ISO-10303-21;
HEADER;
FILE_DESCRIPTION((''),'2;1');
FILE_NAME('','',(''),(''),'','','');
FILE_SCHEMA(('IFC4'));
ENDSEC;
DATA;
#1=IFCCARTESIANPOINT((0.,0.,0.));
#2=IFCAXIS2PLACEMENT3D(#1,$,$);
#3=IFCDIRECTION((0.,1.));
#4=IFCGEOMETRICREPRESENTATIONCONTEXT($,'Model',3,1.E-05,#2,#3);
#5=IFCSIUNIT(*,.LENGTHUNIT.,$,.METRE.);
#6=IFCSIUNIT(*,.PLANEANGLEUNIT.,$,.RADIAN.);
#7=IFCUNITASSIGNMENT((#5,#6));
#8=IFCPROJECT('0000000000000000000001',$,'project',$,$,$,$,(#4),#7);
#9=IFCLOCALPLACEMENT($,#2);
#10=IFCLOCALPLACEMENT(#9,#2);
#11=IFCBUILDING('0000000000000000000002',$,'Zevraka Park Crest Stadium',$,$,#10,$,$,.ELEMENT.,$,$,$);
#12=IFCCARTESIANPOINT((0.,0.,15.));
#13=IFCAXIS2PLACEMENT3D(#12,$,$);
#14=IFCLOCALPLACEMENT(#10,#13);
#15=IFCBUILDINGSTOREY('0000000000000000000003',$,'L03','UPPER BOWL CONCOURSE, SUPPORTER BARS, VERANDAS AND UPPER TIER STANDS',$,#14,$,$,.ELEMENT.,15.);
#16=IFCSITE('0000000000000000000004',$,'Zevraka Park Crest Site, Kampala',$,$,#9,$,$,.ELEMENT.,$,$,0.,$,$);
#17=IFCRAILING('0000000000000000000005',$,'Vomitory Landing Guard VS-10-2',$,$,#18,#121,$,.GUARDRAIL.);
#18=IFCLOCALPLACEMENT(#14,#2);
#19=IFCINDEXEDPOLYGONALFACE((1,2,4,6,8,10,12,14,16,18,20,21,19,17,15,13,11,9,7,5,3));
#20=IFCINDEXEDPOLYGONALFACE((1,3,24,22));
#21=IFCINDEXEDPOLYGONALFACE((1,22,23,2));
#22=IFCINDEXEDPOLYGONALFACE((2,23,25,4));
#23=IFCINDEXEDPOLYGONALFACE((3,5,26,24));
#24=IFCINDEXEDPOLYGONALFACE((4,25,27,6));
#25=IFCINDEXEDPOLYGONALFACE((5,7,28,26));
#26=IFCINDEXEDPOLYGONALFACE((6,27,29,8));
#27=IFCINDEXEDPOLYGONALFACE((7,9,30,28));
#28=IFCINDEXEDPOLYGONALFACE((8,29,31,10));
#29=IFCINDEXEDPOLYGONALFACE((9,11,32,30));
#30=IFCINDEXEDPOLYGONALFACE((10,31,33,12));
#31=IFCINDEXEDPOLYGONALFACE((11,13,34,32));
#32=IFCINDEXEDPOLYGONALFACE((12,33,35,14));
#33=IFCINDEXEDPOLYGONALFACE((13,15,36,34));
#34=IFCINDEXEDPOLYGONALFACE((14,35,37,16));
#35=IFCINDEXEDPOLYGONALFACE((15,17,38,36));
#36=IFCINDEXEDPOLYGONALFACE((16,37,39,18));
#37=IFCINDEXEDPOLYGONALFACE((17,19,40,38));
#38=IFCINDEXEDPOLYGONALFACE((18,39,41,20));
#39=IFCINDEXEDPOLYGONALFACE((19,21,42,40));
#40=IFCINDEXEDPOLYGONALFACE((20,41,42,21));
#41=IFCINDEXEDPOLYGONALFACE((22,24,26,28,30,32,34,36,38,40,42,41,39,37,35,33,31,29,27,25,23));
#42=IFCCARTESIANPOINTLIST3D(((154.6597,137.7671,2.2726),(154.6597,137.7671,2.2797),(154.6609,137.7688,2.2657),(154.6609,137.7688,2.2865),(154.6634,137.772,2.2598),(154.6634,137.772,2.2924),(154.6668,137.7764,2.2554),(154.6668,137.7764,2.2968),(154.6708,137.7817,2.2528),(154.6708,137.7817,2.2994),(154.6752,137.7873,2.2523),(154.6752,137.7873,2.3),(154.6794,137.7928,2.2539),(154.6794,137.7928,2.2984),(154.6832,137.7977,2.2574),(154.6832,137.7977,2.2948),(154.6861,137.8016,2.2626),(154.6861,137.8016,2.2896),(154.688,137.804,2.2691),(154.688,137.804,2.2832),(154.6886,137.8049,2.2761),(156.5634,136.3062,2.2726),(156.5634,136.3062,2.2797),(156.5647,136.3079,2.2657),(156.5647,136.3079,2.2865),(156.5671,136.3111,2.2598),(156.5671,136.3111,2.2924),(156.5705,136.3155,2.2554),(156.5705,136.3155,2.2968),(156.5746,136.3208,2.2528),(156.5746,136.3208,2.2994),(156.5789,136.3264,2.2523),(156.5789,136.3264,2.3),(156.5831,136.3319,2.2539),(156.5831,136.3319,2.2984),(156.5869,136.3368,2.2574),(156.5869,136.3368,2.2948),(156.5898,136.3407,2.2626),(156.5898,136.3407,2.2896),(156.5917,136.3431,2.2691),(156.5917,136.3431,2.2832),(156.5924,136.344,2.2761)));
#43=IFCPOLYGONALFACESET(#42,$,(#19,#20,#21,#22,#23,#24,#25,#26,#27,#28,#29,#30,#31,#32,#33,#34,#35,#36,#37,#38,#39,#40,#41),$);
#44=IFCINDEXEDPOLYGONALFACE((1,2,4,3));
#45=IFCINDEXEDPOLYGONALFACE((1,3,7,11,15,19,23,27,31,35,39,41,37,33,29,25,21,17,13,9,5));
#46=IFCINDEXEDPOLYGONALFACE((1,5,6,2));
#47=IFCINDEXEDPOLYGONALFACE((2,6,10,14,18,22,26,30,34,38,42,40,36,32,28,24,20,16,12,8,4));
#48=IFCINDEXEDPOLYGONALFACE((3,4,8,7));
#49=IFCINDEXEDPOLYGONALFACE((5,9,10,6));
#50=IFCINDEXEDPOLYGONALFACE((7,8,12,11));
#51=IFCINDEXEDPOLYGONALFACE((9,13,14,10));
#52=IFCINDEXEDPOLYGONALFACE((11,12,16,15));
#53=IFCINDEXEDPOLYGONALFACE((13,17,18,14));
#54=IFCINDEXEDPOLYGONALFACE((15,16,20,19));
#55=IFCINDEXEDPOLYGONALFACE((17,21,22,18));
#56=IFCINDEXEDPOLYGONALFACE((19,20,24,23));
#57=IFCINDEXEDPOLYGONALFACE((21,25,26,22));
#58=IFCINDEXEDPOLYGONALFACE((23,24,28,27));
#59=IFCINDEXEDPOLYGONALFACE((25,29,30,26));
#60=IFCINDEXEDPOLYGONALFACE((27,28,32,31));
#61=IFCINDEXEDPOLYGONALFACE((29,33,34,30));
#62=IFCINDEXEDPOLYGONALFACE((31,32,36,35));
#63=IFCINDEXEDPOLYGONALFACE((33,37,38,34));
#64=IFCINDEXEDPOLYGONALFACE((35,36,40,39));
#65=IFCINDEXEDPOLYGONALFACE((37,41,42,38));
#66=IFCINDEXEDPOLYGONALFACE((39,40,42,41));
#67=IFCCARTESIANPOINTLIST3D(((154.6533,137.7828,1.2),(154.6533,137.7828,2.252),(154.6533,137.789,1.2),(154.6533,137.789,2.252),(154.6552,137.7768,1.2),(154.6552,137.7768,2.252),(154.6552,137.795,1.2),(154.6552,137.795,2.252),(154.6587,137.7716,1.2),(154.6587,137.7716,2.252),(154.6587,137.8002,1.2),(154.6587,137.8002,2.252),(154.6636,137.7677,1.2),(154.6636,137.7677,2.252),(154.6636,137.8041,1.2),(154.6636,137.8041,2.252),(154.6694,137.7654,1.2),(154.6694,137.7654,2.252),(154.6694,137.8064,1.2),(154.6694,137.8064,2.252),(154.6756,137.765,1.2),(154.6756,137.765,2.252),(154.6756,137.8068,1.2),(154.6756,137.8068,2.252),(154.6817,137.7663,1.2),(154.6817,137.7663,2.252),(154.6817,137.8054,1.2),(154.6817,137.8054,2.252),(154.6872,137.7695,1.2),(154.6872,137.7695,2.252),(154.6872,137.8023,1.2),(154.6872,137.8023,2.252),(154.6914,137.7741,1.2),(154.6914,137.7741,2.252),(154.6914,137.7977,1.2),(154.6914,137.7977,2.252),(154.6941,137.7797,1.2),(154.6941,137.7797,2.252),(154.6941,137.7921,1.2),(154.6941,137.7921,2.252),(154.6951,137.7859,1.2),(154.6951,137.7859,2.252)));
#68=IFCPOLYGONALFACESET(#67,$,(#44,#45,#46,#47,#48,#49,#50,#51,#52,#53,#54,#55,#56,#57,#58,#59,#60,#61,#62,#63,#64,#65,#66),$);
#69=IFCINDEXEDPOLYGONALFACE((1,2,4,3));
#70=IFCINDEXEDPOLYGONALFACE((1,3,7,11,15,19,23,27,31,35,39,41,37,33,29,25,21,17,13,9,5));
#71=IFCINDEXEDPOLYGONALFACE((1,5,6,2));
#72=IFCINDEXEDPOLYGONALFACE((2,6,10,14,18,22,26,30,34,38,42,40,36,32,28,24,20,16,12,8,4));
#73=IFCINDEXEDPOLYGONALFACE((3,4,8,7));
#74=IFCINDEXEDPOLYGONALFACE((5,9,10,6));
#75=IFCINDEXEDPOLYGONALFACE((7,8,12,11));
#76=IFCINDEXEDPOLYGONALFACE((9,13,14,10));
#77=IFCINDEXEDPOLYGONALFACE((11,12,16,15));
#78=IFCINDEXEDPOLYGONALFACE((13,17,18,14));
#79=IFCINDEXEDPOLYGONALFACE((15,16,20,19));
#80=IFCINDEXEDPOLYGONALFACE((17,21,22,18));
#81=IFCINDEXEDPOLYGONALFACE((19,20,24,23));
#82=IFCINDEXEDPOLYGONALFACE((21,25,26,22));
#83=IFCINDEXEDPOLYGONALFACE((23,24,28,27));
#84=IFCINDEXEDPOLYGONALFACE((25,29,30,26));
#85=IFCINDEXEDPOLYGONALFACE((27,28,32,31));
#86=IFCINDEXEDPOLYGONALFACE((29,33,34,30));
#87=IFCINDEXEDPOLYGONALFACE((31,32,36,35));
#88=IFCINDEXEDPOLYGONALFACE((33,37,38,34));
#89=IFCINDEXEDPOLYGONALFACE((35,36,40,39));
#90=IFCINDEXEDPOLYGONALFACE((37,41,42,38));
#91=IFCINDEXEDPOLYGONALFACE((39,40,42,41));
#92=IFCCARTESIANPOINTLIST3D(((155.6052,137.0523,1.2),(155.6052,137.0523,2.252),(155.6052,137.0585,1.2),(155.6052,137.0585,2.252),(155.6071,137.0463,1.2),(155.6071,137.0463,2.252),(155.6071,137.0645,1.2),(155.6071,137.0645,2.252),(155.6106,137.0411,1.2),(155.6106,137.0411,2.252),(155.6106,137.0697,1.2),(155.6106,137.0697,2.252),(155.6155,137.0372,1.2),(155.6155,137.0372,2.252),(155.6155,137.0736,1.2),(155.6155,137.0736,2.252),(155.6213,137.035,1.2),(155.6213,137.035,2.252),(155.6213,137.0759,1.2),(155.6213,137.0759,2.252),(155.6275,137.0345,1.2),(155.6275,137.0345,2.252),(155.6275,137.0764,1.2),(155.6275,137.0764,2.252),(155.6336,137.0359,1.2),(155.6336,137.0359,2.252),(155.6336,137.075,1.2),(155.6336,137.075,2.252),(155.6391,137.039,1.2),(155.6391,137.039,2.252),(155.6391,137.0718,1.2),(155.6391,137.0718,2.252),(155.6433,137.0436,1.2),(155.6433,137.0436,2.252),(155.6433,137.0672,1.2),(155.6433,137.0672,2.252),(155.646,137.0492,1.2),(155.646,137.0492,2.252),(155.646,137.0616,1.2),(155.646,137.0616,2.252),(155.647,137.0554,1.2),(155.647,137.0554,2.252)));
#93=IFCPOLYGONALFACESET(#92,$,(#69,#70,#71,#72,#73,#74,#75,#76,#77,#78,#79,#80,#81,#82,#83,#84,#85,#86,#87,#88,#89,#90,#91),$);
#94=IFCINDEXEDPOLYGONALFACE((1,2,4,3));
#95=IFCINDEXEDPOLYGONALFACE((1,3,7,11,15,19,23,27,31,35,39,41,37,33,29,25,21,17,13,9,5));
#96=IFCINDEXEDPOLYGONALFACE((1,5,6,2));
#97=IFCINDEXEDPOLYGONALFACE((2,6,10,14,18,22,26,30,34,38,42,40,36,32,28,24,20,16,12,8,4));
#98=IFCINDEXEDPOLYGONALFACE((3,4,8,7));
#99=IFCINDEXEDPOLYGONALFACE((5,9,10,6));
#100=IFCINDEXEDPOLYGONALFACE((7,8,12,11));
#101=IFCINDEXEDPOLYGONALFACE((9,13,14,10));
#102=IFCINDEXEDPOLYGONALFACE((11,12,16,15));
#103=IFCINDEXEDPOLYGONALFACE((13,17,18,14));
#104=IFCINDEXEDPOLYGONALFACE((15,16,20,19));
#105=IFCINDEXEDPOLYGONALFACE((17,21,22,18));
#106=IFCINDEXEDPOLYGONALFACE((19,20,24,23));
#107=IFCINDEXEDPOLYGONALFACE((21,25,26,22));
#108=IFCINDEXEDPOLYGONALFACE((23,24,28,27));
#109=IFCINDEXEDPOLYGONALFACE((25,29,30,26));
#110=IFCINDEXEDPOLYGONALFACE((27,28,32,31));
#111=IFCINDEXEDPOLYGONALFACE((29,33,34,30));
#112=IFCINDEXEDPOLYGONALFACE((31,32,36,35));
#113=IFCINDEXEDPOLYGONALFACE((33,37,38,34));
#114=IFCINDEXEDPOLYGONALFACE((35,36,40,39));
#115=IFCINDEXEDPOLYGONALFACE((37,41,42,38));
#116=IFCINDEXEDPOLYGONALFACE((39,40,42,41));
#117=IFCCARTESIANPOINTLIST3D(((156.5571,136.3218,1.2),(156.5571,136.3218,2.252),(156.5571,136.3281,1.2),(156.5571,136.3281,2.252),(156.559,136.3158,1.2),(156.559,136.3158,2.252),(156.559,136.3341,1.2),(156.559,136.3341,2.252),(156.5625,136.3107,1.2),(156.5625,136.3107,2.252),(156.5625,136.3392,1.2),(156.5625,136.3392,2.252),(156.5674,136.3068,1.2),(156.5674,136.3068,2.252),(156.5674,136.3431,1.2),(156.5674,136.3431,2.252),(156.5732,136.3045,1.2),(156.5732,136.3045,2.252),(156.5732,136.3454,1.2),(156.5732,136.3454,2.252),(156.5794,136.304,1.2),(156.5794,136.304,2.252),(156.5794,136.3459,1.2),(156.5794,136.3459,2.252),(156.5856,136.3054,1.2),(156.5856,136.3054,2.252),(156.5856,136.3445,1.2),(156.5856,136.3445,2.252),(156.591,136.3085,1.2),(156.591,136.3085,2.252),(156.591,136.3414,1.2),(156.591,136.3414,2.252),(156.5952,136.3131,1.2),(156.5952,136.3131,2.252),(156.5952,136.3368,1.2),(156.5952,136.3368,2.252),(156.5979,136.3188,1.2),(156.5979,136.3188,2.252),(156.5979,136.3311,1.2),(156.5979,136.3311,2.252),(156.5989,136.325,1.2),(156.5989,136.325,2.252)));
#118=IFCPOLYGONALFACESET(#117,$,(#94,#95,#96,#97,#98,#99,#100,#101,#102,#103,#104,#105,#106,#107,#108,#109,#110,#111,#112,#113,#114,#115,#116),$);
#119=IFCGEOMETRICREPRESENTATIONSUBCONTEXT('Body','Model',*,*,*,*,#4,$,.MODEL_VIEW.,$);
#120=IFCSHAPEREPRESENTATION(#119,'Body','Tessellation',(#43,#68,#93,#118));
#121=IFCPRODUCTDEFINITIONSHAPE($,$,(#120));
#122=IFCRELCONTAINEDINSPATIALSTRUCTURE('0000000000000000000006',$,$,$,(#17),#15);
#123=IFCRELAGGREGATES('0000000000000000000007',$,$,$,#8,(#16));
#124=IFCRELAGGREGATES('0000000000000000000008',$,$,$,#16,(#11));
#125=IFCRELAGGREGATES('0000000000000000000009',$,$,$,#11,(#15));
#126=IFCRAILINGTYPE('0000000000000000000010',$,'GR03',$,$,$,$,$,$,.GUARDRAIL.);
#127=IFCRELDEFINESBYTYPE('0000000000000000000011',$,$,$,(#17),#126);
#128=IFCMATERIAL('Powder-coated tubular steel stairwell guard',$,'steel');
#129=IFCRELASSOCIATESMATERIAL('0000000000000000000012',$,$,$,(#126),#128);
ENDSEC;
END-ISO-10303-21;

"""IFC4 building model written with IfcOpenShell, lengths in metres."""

from ifc_helpers import new_model, si_unit, direction, frame, origin, origin_2d, place, context, subcontext, project, spatial, circle, extrude, material, type_object, element, save


model = new_model("IFC4")

# Units and contexts
model_context = context("Model", 3, precision=1e-05, world=origin(), true_north=direction((0.0, 1.0)))
body_context = subcontext(model_context, "Body", "Model", "MODEL_VIEW")
ifc_project = project(units=[si_unit("LENGTHUNIT", "METRE"), si_unit("PLANEANGLEUNIT", "RADIAN")], contexts=[model_context])

# Site, building, storey
site_placement = place(None, origin())
site = spatial("IfcSite", under=ifc_project, at=site_placement, Name="Zevraka Park Crest Site, Kampala", CompositionType="ELEMENT", RefElevation=0.0)
building_placement = place(site_placement, origin())
building = spatial("IfcBuilding", under=site, at=building_placement, Name="Zevraka Park Crest Stadium", CompositionType="ELEMENT")
storey_placement = place(building_placement, frame((0.0, 0.0, 15.0)))
storey = spatial("IfcBuildingStorey", under=building, at=storey_placement, Name="L03", Description="UPPER BOWL CONCOURSE, SUPPORTER BARS, VERANDAS AND UPPER TIER STANDS", CompositionType="ELEMENT", Elevation=15.0)

# Railing
ifc_material_1 = material(Name="Powder-coated tubular steel stairwell guard", Category="steel")
railing_type_1 = type_object("IfcRailingType", Name="GR03", PredefinedType="GUARDRAIL", material=ifc_material_1)
railing_1_placement = place(storey_placement, frame((154.6741, 137.7859, 1.2)))
element("IfcRailing", 1, at=railing_1_placement, inside=storey, type_object=railing_type_1, Name="Vomitory Landing Guard VS-10-2", PredefinedType="GUARDRAIL", context=body_context, shape_type="SweptSolid", body=[
    extrude(circle(Radius=0.0239, at=origin_2d()), frame((0.0, 0.0, 1.0762), z_axis=(0.793334, -0.608786, 0.0), x_axis=(0.608786, 0.793334, 0.0)), (0.0, 0.0, 1.0), 2.3997),
    extrude(circle(Radius=0.021, at=origin_2d()), origin(), (0.0, 0.0, 1.0), 1.052),
    extrude(circle(Radius=0.021, at=origin_2d()), frame((0.9519, -0.7305, 0.0)), (0.0, 0.0, 1.0), 1.052),
    extrude(circle(Radius=0.021, at=origin_2d()), frame((1.9038, -1.4609, 0.0)), (0.0, 0.0, 1.0), 1.052),
])

save(model, "model.ifc")
